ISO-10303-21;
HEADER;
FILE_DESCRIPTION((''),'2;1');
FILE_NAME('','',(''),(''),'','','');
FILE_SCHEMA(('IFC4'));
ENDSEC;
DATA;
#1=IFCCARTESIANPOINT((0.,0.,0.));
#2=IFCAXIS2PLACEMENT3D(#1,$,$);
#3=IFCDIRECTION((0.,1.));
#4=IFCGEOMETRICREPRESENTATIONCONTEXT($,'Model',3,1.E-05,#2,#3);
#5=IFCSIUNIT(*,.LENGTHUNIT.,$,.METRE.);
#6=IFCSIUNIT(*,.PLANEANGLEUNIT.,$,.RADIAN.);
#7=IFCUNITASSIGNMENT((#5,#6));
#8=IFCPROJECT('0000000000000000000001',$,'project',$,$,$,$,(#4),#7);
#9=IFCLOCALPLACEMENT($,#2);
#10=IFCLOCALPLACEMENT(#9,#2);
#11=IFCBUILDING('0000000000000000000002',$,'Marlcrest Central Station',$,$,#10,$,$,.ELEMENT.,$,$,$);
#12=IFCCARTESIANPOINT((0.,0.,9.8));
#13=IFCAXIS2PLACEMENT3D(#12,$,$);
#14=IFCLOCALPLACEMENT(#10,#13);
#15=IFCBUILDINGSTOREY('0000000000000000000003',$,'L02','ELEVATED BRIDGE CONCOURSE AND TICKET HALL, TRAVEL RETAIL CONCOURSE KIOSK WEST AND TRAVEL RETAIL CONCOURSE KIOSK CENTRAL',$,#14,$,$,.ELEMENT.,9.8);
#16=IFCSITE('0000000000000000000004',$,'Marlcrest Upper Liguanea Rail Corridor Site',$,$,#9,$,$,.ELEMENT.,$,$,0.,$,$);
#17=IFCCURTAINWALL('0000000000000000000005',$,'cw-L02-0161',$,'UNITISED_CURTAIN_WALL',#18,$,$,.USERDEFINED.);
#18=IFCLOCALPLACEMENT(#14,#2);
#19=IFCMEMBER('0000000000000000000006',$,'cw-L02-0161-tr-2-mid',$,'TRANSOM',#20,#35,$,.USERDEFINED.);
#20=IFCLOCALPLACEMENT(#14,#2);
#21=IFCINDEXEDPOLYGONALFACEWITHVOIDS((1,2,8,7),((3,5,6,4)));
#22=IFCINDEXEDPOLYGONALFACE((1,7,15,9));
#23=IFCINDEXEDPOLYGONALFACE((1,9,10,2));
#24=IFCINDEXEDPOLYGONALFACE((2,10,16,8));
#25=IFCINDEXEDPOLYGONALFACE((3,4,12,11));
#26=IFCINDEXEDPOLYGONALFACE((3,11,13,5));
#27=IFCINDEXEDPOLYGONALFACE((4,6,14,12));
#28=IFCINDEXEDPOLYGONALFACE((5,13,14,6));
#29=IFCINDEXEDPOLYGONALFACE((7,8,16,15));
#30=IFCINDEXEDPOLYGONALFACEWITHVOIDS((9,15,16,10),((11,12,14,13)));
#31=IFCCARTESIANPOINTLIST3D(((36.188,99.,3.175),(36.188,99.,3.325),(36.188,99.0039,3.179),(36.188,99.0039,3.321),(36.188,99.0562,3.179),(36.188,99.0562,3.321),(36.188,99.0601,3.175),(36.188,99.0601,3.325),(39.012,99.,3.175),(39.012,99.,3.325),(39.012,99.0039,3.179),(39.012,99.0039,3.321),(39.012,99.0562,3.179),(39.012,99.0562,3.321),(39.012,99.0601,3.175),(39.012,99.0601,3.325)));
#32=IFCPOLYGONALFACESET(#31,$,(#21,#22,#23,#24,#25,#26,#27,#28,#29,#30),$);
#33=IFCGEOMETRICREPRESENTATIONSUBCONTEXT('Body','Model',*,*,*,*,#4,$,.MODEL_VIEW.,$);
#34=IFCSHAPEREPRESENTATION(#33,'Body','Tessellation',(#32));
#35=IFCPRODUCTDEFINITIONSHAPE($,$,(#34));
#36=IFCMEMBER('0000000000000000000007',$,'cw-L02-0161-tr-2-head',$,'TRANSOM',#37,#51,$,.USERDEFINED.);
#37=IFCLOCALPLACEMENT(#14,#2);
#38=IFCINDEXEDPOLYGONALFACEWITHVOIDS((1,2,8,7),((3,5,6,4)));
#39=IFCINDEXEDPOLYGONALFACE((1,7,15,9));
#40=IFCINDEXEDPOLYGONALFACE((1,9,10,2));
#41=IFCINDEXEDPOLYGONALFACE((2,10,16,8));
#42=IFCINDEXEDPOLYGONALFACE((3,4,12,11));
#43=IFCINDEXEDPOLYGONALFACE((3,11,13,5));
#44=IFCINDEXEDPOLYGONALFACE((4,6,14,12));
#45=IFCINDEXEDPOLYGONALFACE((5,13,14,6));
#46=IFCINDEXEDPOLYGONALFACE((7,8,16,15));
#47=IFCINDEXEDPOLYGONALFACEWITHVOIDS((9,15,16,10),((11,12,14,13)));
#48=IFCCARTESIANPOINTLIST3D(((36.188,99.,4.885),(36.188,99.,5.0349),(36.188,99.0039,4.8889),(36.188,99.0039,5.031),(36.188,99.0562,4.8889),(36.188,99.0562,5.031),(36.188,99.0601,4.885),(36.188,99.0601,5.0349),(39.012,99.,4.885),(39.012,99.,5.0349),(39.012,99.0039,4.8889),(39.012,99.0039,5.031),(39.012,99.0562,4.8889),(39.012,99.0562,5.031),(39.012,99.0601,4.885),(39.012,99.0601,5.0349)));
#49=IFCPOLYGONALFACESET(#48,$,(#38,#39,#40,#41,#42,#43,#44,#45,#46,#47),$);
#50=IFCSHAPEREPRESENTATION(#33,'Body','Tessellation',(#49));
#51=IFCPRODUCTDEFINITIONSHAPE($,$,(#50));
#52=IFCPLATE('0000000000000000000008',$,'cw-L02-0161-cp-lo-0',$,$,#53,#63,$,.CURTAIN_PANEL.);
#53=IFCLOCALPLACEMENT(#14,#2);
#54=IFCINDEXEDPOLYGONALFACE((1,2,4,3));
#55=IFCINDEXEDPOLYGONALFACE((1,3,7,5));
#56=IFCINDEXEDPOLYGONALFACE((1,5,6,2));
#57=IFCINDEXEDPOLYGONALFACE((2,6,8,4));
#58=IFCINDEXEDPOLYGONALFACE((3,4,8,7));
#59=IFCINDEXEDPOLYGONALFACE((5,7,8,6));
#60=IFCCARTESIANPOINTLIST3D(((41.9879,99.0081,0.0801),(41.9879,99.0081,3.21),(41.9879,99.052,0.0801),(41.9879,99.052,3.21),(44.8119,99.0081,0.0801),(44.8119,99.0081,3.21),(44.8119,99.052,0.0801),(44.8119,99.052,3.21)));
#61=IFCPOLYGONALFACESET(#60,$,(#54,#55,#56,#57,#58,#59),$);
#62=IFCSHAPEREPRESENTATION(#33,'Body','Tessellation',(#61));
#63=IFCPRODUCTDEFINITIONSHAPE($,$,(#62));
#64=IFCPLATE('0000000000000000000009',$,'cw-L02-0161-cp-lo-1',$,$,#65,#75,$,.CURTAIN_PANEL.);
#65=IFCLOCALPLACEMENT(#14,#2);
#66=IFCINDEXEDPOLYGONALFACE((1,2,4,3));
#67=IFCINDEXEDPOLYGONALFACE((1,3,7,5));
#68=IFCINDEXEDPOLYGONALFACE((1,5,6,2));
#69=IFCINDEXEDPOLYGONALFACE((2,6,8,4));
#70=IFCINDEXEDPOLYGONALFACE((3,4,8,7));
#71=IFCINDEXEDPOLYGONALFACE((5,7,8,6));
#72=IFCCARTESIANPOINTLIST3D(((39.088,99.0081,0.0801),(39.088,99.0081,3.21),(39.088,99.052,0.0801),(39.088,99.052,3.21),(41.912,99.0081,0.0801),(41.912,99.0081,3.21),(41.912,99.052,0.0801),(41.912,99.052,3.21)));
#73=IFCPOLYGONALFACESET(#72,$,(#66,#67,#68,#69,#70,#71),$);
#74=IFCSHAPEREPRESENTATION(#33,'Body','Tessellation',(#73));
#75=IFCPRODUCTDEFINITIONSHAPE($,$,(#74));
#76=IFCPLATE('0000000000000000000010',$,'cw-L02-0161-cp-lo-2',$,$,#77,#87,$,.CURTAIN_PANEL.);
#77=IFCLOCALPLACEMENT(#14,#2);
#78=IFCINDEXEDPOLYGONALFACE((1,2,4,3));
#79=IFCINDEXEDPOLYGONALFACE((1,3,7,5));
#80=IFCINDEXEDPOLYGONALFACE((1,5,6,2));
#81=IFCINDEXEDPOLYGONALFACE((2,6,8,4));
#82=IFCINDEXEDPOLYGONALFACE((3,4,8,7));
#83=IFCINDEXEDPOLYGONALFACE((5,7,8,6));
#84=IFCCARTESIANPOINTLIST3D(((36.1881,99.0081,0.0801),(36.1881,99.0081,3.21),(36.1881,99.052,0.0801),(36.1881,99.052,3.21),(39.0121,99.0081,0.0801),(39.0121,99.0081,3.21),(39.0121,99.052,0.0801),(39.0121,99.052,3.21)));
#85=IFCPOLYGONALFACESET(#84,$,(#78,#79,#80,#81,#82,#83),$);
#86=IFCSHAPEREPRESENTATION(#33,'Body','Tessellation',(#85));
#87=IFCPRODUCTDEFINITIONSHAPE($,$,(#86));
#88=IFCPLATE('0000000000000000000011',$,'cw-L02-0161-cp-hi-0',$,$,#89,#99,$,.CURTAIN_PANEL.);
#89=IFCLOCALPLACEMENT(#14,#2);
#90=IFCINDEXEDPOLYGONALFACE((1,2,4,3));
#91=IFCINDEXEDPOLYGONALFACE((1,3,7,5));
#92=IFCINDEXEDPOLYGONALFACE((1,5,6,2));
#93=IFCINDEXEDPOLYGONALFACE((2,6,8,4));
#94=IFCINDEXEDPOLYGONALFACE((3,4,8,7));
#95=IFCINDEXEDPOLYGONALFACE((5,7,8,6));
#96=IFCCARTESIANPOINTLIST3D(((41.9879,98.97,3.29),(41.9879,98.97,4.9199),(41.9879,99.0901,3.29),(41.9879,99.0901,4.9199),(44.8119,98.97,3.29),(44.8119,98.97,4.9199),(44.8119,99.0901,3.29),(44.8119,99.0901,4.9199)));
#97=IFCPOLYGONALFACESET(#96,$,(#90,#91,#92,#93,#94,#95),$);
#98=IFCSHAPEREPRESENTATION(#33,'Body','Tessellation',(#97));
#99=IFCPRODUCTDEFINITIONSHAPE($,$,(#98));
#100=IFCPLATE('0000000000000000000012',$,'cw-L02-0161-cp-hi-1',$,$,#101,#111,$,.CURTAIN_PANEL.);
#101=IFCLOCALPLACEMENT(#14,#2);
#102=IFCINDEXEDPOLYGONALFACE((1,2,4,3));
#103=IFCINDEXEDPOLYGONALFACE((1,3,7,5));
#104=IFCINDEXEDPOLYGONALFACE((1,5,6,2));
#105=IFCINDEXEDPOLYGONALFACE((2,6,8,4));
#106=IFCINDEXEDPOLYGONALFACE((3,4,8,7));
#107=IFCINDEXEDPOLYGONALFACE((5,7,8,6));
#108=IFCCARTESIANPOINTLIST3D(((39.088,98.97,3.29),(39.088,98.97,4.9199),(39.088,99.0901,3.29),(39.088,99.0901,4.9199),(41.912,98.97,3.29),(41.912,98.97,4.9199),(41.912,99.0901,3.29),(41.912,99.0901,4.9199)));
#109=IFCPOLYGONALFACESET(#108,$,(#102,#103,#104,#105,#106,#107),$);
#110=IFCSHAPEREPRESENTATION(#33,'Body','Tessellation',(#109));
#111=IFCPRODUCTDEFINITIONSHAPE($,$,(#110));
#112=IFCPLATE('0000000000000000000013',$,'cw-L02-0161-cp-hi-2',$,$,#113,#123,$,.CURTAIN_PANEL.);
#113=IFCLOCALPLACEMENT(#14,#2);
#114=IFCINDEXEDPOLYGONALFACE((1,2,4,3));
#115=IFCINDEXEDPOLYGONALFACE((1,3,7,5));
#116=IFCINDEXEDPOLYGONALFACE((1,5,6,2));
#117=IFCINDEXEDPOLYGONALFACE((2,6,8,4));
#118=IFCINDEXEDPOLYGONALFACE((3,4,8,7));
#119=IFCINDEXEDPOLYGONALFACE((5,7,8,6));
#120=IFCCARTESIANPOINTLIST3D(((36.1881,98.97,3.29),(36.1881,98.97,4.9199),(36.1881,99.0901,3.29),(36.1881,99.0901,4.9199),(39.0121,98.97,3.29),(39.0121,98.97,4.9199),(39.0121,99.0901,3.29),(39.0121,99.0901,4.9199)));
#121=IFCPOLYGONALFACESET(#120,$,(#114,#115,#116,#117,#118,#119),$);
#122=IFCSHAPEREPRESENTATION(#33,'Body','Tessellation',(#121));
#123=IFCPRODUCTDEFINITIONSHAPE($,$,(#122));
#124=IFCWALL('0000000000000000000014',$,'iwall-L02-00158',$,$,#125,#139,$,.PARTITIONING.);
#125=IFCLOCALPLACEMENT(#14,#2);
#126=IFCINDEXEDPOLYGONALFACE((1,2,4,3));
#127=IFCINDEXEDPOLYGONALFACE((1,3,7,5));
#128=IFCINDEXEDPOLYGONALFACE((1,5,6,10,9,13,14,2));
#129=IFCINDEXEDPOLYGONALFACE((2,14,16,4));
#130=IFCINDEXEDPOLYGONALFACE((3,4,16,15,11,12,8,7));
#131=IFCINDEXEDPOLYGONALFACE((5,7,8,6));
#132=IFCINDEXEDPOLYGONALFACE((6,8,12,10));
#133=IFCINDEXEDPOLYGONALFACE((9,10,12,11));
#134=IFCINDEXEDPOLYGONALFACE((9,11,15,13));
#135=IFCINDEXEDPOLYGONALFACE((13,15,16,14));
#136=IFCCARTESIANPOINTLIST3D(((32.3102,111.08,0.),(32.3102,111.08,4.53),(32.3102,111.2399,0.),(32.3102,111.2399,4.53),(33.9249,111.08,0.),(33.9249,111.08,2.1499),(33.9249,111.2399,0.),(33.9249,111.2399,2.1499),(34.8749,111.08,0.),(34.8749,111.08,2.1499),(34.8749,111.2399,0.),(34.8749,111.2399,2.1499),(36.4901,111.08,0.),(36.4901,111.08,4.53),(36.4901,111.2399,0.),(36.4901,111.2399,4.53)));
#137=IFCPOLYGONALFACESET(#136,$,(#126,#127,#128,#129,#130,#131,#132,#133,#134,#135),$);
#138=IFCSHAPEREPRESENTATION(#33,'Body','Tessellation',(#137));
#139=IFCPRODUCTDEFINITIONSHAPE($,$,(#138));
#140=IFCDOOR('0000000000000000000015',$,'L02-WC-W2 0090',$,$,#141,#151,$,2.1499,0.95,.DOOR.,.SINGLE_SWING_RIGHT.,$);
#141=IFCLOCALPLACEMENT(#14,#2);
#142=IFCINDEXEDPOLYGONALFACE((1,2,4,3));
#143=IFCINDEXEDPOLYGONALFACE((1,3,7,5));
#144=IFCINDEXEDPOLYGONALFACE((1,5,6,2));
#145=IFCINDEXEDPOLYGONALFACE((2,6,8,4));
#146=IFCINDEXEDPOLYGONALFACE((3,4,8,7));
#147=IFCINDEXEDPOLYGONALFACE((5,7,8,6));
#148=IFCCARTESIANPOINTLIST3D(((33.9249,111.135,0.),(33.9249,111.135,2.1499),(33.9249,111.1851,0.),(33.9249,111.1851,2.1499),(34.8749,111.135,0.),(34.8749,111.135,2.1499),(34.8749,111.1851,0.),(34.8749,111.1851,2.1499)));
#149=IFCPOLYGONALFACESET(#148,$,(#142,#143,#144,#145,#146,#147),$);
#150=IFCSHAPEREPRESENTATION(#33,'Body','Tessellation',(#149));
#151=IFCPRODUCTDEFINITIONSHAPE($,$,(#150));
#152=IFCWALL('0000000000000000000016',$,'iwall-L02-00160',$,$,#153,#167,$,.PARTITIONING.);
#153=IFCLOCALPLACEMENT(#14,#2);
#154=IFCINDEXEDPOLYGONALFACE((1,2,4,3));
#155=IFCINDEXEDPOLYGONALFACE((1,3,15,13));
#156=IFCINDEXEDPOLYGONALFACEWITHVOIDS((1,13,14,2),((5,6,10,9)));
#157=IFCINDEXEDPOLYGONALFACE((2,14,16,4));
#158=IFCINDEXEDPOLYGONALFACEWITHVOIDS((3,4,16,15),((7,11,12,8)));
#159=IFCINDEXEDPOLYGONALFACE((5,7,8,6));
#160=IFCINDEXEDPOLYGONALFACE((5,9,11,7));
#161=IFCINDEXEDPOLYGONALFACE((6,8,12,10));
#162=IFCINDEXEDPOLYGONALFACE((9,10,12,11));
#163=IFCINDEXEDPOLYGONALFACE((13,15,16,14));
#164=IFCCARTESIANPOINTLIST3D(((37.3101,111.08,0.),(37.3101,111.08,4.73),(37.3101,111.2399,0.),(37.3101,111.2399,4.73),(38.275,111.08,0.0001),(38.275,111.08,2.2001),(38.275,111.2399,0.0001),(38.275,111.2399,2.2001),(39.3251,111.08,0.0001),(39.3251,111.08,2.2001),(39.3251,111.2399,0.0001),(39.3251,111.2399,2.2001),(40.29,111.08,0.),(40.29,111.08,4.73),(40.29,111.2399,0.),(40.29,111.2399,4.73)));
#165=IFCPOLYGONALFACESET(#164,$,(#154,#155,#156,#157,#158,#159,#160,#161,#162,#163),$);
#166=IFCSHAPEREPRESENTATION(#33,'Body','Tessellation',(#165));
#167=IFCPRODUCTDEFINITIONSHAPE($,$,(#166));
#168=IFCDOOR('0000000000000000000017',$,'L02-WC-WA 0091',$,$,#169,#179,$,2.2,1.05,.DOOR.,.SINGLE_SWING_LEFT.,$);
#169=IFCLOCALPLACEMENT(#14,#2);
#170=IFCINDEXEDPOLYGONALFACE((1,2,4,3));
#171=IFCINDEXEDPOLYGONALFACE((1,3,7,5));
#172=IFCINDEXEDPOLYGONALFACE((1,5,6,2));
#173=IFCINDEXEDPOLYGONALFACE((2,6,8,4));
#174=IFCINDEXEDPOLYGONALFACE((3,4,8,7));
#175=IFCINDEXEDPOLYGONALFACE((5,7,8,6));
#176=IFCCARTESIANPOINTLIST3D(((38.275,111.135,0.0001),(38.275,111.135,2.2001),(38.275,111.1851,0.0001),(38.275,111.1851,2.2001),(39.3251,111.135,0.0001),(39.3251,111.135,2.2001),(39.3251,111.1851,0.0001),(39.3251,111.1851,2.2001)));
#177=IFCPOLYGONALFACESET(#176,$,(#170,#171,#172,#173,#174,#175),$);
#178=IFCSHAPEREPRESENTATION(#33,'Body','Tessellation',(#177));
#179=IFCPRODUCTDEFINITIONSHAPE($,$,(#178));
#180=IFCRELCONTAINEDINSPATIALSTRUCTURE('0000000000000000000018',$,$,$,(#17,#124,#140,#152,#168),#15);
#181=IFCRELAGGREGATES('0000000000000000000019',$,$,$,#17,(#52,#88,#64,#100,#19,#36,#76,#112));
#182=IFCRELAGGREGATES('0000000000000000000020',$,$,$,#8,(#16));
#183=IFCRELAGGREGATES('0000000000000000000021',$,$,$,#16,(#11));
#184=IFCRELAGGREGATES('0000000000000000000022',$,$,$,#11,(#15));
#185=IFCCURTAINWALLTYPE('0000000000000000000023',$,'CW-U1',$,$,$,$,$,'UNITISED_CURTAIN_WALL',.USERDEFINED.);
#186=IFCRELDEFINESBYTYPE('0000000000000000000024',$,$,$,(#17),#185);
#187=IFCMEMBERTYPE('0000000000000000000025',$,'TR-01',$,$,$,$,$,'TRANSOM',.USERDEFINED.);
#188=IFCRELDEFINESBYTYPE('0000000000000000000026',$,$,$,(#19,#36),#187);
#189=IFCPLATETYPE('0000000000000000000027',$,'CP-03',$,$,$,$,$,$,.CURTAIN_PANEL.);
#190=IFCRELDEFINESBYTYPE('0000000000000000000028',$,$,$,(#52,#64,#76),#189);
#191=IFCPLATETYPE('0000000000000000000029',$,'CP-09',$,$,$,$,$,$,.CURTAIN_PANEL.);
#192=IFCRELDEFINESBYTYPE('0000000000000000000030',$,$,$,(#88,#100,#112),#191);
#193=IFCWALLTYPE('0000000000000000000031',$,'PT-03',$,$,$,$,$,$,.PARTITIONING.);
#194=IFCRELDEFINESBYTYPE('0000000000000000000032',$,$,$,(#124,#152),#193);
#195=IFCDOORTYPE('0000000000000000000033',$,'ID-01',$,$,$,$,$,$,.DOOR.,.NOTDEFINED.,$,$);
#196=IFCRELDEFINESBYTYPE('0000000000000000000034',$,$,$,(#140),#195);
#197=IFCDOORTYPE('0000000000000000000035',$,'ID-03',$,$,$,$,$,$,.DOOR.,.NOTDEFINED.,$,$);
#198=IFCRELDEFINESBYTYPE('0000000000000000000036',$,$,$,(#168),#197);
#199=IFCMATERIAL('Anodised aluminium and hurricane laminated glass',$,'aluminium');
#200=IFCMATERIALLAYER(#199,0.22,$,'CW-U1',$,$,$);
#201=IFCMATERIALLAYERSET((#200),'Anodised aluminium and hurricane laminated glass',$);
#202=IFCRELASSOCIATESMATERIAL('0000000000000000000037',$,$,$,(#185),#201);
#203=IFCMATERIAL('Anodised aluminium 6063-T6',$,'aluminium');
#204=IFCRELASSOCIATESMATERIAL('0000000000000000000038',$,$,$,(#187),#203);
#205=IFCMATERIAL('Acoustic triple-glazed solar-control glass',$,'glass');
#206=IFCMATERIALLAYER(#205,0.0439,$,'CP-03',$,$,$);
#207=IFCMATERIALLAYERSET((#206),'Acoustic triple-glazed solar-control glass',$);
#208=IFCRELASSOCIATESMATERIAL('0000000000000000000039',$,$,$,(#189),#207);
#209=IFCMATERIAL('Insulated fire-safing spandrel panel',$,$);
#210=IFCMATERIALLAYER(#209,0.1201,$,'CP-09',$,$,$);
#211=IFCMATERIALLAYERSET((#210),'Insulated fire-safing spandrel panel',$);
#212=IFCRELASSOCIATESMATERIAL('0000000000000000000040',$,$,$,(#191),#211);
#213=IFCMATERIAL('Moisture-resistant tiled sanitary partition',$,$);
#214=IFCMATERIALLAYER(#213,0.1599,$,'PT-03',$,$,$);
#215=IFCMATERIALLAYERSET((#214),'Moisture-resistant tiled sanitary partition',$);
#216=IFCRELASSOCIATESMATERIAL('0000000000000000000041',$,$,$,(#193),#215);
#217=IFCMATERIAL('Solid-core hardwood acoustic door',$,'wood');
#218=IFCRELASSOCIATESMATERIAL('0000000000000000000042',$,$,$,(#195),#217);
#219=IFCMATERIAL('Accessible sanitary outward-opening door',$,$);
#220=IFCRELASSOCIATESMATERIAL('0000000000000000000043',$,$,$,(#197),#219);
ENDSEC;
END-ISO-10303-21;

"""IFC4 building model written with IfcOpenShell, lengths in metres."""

from ifc_helpers import new_model, si_unit, direction, frame, frame_2d, origin, origin_2d, place, context, subcontext, project, spatial, rectangle, hollow_rectangle, extrude, material, layer, layer_set, material_profile, profile_set, type_object, element, fill, aggregate, save


model = new_model("IFC4")

# Units and contexts
model_context = context("Model", 3, precision=1e-05, world=origin(), true_north=direction((0.0, 1.0)))
body_context = subcontext(model_context, "Body", "Model", "MODEL_VIEW")
ifc_project = project(units=[si_unit("LENGTHUNIT", "METRE"), si_unit("PLANEANGLEUNIT", "RADIAN")], contexts=[model_context])

# Site, building, storey
site_placement = place(None, origin())
site = spatial("IfcSite", under=ifc_project, at=site_placement, Name="Marlcrest Upper Liguanea Rail Corridor Site", CompositionType="ELEMENT", RefElevation=0.0)
building_placement = place(site_placement, origin())
building = spatial("IfcBuilding", under=site, at=building_placement, Name="Marlcrest Central Station", CompositionType="ELEMENT")
storey_placement = place(building_placement, frame((0.0, 0.0, 9.8)))
storey = spatial("IfcBuildingStorey", under=building, at=storey_placement, Name="L02", Description="ELEVATED BRIDGE CONCOURSE AND TICKET HALL, TRAVEL RETAIL CONCOURSE KIOSK WEST AND TRAVEL RETAIL CONCOURSE KIOSK CENTRAL", CompositionType="ELEMENT", Elevation=9.8)

# Curtain wall, members, plates
ifc_material_1 = material(Name="Anodised aluminium and hurricane laminated glass", Category="aluminium")
ifc_layer_1 = layer(ifc_material_1, 0.22, Name="CW-U1")
ifc_layer_set_1 = layer_set([ifc_layer_1], Name="Anodised aluminium and hurricane laminated glass")
curtain_wall_type = type_object("IfcCurtainWallType", Name="CW-U1", ElementType="UNITISED_CURTAIN_WALL", PredefinedType="USERDEFINED", material=ifc_layer_set_1)
curtain_wall_placement = place(storey_placement, origin())
curtain_wall = element("IfcCurtainWall", 1, at=curtain_wall_placement, inside=storey, type_object=curtain_wall_type, Name="cw-L02-0161", ObjectType="UNITISED_CURTAIN_WALL", PredefinedType="USERDEFINED")
ifc_material_2 = material(Name="Anodised aluminium 6063-T6", Category="aluminium")
ifc_material_profile_1 = material_profile(ifc_material_2, hollow_rectangle(XDim=0.0601, YDim=0.1499, WallThickness=0.0039, at=origin_2d()), Name="AA-RHS 150x60x4")
ifc_profile_set_1 = profile_set([ifc_material_profile_1], Name="Anodised aluminium 6063-T6")
member_type_1 = type_object("IfcMemberType", Name="TR-01", ElementType="TRANSOM", PredefinedType="USERDEFINED", material=ifc_profile_set_1)
member_1_placement = place(storey_placement, frame((39.012, 99.03, 3.25), z_axis=(-1.0, 0.0, 0.0), x_axis=(0.0, -1.0, 0.0)))
member_1 = element("IfcMember", 2, at=member_1_placement, type_object=member_type_1, Name="cw-L02-0161-tr-2-mid", ObjectType="TRANSOM", PredefinedType="USERDEFINED", context=body_context, shape_type="SweptSolid", body=[
    extrude(hollow_rectangle(XDim=0.0601, YDim=0.1499, WallThickness=0.0039, at=origin_2d()), origin(), (0.0, 0.0, 1.0), 2.824),
])
member_2_placement = place(storey_placement, frame((39.012, 99.03, 4.96), z_axis=(-1.0, 0.0, 0.0), x_axis=(0.0, -1.0, 0.0)))
member_2 = element("IfcMember", 3, at=member_2_placement, type_object=member_type_1, Name="cw-L02-0161-tr-2-head", ObjectType="TRANSOM", PredefinedType="USERDEFINED", context=body_context, shape_type="SweptSolid", body=[
    extrude(hollow_rectangle(XDim=0.0601, YDim=0.1499, WallThickness=0.0039, at=origin_2d()), origin(), (0.0, 0.0, 1.0), 2.824),
])
ifc_material_3 = material(Name="Acoustic triple-glazed solar-control glass", Category="glass")
ifc_layer_2 = layer(ifc_material_3, 0.0439, Name="CP-03")
ifc_layer_set_2 = layer_set([ifc_layer_2], Name="Acoustic triple-glazed solar-control glass")
plate_type_1 = type_object("IfcPlateType", Name="CP-03", PredefinedType="CURTAIN_PANEL", material=ifc_layer_set_2)
plate_1_placement = place(storey_placement, frame((43.3999, 99.03, 0.0801), z_axis=(0.0, 0.0, 1.0), x_axis=(-1.0, 0.0, 0.0)))
plate_1 = element("IfcPlate", 4, at=plate_1_placement, type_object=plate_type_1, Name="cw-L02-0161-cp-lo-0", PredefinedType="CURTAIN_PANEL", context=body_context, shape_type="SweptSolid", body=[
    extrude(rectangle(XDim=2.824, YDim=0.0439, at=origin_2d()), origin(), (0.0, 0.0, 1.0), 3.1299),
])
plate_2_placement = place(storey_placement, frame((40.5, 99.03, 0.0801), z_axis=(0.0, 0.0, 1.0), x_axis=(-1.0, 0.0, 0.0)))
plate_2 = element("IfcPlate", 5, at=plate_2_placement, type_object=plate_type_1, Name="cw-L02-0161-cp-lo-1", PredefinedType="CURTAIN_PANEL", context=body_context, shape_type="SweptSolid", body=[
    extrude(rectangle(XDim=2.824, YDim=0.0439, at=origin_2d()), origin(), (0.0, 0.0, 1.0), 3.1299),
])
plate_3_placement = place(storey_placement, frame((37.6001, 99.03, 0.0801), z_axis=(0.0, 0.0, 1.0), x_axis=(-1.0, 0.0, 0.0)))
plate_3 = element("IfcPlate", 6, at=plate_3_placement, type_object=plate_type_1, Name="cw-L02-0161-cp-lo-2", PredefinedType="CURTAIN_PANEL", context=body_context, shape_type="SweptSolid", body=[
    extrude(rectangle(XDim=2.824, YDim=0.0439, at=origin_2d()), origin(), (0.0, 0.0, 1.0), 3.1299),
])
ifc_material_4 = material(Name="Insulated fire-safing spandrel panel")
ifc_layer_3 = layer(ifc_material_4, 0.1201, Name="CP-09")
ifc_layer_set_3 = layer_set([ifc_layer_3], Name="Insulated fire-safing spandrel panel")
plate_type_2 = type_object("IfcPlateType", Name="CP-09", PredefinedType="CURTAIN_PANEL", material=ifc_layer_set_3)
plate_4_placement = place(storey_placement, frame((43.3999, 99.03, 3.29), z_axis=(0.0, 0.0, 1.0), x_axis=(-1.0, 0.0, 0.0)))
plate_4 = element("IfcPlate", 7, at=plate_4_placement, type_object=plate_type_2, Name="cw-L02-0161-cp-hi-0", PredefinedType="CURTAIN_PANEL", context=body_context, shape_type="SweptSolid", body=[
    extrude(rectangle(XDim=2.824, YDim=0.1201, at=origin_2d()), origin(), (0.0, 0.0, 1.0), 1.6299),
])
plate_5_placement = place(storey_placement, frame((40.5, 99.03, 3.29), z_axis=(0.0, 0.0, 1.0), x_axis=(-1.0, 0.0, 0.0)))
plate_5 = element("IfcPlate", 8, at=plate_5_placement, type_object=plate_type_2, Name="cw-L02-0161-cp-hi-1", PredefinedType="CURTAIN_PANEL", context=body_context, shape_type="SweptSolid", body=[
    extrude(rectangle(XDim=2.824, YDim=0.1201, at=origin_2d()), origin(), (0.0, 0.0, 1.0), 1.6299),
])
plate_6_placement = place(storey_placement, frame((37.6001, 99.03, 3.29), z_axis=(0.0, 0.0, 1.0), x_axis=(-1.0, 0.0, 0.0)))
plate_6 = element("IfcPlate", 9, at=plate_6_placement, type_object=plate_type_2, Name="cw-L02-0161-cp-hi-2", PredefinedType="CURTAIN_PANEL", context=body_context, shape_type="SweptSolid", body=[
    extrude(rectangle(XDim=2.824, YDim=0.1201, at=origin_2d()), origin(), (0.0, 0.0, 1.0), 1.6299),
])
aggregate(curtain_wall, [plate_1, plate_4, plate_2, plate_5, member_1, member_2, plate_3, plate_6])

# Walls, openings, doors
ifc_material_5 = material(Name="Moisture-resistant tiled sanitary partition")
ifc_layer_4 = layer(ifc_material_5, 0.1599, Name="PT-03")
ifc_layer_set_4 = layer_set([ifc_layer_4], Name="Moisture-resistant tiled sanitary partition")
wall_type_1 = type_object("IfcWallType", Name="PT-03", PredefinedType="PARTITIONING", material=ifc_layer_set_4)
wall_1_placement = place(storey_placement, frame((36.49, 111.1599, 0.0), z_axis=(0.0, 0.0, 1.0), x_axis=(-1.0, 0.0, 0.0)))
wall_1 = element("IfcWall", 10, at=wall_1_placement, inside=storey, type_object=wall_type_1, Name="iwall-L02-00158", PredefinedType="PARTITIONING", context=body_context, shape_type="SweptSolid", body=[
    extrude(rectangle(XDim=4.1799, YDim=0.1599, at=frame_2d((2.0898, 0.0))), origin(), (0.0, 0.0, 1.0), 4.53),
])
opening_1_placement = place(wall_1_placement, frame((1.615, 0.0, 0.0)))
opening_1 = element("IfcOpeningElement", 11, at=opening_1_placement, cuts=wall_1, PredefinedType="OPENING", context=body_context, shape_type="SweptSolid", body=[
    extrude(rectangle(XDim=0.95, YDim=2.1499, at=frame_2d((0.4751, 1.075))), frame((0.0, 0.0898, 0.0), z_axis=(0.0, -1.0, 0.0), x_axis=(1.0, 0.0, 0.0)), (0.0, 0.0, 1.0), 0.1799),
])
ifc_material_6 = material(Name="Solid-core hardwood acoustic door", Category="wood")
door_type_1 = type_object("IfcDoorType", Name="ID-01", OperationType="NOTDEFINED", PredefinedType="DOOR", material=ifc_material_6)
door_1_placement = place(opening_1_placement, origin())
door_1 = element("IfcDoor", 12, at=door_1_placement, inside=storey, type_object=door_type_1, Name="L02-WC-W2 0090", OperationType="SINGLE_SWING_RIGHT", OverallHeight=2.1499, OverallWidth=0.95, PredefinedType="DOOR", context=body_context, shape_type="SweptSolid", body=[
    extrude(rectangle(XDim=0.95, YDim=2.1499, at=frame_2d((0.4751, 1.075))), frame((0.0, 0.0249, 0.0), z_axis=(0.0, -1.0, 0.0), x_axis=(1.0, 0.0, 0.0)), (0.0, 0.0, 1.0), 0.05),
])
fill(opening_1, door_1)
wall_2_placement = place(storey_placement, frame((40.29, 111.1599, 0.0), z_axis=(0.0, 0.0, 1.0), x_axis=(-1.0, 0.0, 0.0)))
wall_2 = element("IfcWall", 13, at=wall_2_placement, inside=storey, type_object=wall_type_1, Name="iwall-L02-00160", PredefinedType="PARTITIONING", context=body_context, shape_type="SweptSolid", body=[
    extrude(rectangle(XDim=2.98, YDim=0.1599, at=frame_2d((1.49, 0.0))), origin(), (0.0, 0.0, 1.0), 4.73),
])
opening_2_placement = place(wall_2_placement, frame((0.9651, 0.0, 0.0)))
opening_2 = element("IfcOpeningElement", 14, at=opening_2_placement, cuts=wall_2, PredefinedType="OPENING", context=body_context, shape_type="SweptSolid", body=[
    extrude(rectangle(XDim=1.05, YDim=2.2, at=frame_2d((0.5249, 1.1001))), frame((0.0, 0.0898, 0.0), z_axis=(0.0, -1.0, 0.0), x_axis=(1.0, 0.0, 0.0)), (0.0, 0.0, 1.0), 0.1799),
])
ifc_material_7 = material(Name="Accessible sanitary outward-opening door")
door_type_2 = type_object("IfcDoorType", Name="ID-03", OperationType="NOTDEFINED", PredefinedType="DOOR", material=ifc_material_7)
door_2_placement = place(opening_2_placement, origin())
door_2 = element("IfcDoor", 15, at=door_2_placement, inside=storey, type_object=door_type_2, Name="L02-WC-WA 0091", OperationType="SINGLE_SWING_LEFT", OverallHeight=2.2, OverallWidth=1.05, PredefinedType="DOOR", context=body_context, shape_type="SweptSolid", body=[
    extrude(rectangle(XDim=1.05, YDim=2.2, at=frame_2d((0.5249, 1.1001))), frame((0.0, 0.0249, 0.0), z_axis=(0.0, -1.0, 0.0), x_axis=(1.0, 0.0, 0.0)), (0.0, 0.0, 1.0), 0.05),
])
fill(opening_2, door_2)

save(model, "model.ifc")
